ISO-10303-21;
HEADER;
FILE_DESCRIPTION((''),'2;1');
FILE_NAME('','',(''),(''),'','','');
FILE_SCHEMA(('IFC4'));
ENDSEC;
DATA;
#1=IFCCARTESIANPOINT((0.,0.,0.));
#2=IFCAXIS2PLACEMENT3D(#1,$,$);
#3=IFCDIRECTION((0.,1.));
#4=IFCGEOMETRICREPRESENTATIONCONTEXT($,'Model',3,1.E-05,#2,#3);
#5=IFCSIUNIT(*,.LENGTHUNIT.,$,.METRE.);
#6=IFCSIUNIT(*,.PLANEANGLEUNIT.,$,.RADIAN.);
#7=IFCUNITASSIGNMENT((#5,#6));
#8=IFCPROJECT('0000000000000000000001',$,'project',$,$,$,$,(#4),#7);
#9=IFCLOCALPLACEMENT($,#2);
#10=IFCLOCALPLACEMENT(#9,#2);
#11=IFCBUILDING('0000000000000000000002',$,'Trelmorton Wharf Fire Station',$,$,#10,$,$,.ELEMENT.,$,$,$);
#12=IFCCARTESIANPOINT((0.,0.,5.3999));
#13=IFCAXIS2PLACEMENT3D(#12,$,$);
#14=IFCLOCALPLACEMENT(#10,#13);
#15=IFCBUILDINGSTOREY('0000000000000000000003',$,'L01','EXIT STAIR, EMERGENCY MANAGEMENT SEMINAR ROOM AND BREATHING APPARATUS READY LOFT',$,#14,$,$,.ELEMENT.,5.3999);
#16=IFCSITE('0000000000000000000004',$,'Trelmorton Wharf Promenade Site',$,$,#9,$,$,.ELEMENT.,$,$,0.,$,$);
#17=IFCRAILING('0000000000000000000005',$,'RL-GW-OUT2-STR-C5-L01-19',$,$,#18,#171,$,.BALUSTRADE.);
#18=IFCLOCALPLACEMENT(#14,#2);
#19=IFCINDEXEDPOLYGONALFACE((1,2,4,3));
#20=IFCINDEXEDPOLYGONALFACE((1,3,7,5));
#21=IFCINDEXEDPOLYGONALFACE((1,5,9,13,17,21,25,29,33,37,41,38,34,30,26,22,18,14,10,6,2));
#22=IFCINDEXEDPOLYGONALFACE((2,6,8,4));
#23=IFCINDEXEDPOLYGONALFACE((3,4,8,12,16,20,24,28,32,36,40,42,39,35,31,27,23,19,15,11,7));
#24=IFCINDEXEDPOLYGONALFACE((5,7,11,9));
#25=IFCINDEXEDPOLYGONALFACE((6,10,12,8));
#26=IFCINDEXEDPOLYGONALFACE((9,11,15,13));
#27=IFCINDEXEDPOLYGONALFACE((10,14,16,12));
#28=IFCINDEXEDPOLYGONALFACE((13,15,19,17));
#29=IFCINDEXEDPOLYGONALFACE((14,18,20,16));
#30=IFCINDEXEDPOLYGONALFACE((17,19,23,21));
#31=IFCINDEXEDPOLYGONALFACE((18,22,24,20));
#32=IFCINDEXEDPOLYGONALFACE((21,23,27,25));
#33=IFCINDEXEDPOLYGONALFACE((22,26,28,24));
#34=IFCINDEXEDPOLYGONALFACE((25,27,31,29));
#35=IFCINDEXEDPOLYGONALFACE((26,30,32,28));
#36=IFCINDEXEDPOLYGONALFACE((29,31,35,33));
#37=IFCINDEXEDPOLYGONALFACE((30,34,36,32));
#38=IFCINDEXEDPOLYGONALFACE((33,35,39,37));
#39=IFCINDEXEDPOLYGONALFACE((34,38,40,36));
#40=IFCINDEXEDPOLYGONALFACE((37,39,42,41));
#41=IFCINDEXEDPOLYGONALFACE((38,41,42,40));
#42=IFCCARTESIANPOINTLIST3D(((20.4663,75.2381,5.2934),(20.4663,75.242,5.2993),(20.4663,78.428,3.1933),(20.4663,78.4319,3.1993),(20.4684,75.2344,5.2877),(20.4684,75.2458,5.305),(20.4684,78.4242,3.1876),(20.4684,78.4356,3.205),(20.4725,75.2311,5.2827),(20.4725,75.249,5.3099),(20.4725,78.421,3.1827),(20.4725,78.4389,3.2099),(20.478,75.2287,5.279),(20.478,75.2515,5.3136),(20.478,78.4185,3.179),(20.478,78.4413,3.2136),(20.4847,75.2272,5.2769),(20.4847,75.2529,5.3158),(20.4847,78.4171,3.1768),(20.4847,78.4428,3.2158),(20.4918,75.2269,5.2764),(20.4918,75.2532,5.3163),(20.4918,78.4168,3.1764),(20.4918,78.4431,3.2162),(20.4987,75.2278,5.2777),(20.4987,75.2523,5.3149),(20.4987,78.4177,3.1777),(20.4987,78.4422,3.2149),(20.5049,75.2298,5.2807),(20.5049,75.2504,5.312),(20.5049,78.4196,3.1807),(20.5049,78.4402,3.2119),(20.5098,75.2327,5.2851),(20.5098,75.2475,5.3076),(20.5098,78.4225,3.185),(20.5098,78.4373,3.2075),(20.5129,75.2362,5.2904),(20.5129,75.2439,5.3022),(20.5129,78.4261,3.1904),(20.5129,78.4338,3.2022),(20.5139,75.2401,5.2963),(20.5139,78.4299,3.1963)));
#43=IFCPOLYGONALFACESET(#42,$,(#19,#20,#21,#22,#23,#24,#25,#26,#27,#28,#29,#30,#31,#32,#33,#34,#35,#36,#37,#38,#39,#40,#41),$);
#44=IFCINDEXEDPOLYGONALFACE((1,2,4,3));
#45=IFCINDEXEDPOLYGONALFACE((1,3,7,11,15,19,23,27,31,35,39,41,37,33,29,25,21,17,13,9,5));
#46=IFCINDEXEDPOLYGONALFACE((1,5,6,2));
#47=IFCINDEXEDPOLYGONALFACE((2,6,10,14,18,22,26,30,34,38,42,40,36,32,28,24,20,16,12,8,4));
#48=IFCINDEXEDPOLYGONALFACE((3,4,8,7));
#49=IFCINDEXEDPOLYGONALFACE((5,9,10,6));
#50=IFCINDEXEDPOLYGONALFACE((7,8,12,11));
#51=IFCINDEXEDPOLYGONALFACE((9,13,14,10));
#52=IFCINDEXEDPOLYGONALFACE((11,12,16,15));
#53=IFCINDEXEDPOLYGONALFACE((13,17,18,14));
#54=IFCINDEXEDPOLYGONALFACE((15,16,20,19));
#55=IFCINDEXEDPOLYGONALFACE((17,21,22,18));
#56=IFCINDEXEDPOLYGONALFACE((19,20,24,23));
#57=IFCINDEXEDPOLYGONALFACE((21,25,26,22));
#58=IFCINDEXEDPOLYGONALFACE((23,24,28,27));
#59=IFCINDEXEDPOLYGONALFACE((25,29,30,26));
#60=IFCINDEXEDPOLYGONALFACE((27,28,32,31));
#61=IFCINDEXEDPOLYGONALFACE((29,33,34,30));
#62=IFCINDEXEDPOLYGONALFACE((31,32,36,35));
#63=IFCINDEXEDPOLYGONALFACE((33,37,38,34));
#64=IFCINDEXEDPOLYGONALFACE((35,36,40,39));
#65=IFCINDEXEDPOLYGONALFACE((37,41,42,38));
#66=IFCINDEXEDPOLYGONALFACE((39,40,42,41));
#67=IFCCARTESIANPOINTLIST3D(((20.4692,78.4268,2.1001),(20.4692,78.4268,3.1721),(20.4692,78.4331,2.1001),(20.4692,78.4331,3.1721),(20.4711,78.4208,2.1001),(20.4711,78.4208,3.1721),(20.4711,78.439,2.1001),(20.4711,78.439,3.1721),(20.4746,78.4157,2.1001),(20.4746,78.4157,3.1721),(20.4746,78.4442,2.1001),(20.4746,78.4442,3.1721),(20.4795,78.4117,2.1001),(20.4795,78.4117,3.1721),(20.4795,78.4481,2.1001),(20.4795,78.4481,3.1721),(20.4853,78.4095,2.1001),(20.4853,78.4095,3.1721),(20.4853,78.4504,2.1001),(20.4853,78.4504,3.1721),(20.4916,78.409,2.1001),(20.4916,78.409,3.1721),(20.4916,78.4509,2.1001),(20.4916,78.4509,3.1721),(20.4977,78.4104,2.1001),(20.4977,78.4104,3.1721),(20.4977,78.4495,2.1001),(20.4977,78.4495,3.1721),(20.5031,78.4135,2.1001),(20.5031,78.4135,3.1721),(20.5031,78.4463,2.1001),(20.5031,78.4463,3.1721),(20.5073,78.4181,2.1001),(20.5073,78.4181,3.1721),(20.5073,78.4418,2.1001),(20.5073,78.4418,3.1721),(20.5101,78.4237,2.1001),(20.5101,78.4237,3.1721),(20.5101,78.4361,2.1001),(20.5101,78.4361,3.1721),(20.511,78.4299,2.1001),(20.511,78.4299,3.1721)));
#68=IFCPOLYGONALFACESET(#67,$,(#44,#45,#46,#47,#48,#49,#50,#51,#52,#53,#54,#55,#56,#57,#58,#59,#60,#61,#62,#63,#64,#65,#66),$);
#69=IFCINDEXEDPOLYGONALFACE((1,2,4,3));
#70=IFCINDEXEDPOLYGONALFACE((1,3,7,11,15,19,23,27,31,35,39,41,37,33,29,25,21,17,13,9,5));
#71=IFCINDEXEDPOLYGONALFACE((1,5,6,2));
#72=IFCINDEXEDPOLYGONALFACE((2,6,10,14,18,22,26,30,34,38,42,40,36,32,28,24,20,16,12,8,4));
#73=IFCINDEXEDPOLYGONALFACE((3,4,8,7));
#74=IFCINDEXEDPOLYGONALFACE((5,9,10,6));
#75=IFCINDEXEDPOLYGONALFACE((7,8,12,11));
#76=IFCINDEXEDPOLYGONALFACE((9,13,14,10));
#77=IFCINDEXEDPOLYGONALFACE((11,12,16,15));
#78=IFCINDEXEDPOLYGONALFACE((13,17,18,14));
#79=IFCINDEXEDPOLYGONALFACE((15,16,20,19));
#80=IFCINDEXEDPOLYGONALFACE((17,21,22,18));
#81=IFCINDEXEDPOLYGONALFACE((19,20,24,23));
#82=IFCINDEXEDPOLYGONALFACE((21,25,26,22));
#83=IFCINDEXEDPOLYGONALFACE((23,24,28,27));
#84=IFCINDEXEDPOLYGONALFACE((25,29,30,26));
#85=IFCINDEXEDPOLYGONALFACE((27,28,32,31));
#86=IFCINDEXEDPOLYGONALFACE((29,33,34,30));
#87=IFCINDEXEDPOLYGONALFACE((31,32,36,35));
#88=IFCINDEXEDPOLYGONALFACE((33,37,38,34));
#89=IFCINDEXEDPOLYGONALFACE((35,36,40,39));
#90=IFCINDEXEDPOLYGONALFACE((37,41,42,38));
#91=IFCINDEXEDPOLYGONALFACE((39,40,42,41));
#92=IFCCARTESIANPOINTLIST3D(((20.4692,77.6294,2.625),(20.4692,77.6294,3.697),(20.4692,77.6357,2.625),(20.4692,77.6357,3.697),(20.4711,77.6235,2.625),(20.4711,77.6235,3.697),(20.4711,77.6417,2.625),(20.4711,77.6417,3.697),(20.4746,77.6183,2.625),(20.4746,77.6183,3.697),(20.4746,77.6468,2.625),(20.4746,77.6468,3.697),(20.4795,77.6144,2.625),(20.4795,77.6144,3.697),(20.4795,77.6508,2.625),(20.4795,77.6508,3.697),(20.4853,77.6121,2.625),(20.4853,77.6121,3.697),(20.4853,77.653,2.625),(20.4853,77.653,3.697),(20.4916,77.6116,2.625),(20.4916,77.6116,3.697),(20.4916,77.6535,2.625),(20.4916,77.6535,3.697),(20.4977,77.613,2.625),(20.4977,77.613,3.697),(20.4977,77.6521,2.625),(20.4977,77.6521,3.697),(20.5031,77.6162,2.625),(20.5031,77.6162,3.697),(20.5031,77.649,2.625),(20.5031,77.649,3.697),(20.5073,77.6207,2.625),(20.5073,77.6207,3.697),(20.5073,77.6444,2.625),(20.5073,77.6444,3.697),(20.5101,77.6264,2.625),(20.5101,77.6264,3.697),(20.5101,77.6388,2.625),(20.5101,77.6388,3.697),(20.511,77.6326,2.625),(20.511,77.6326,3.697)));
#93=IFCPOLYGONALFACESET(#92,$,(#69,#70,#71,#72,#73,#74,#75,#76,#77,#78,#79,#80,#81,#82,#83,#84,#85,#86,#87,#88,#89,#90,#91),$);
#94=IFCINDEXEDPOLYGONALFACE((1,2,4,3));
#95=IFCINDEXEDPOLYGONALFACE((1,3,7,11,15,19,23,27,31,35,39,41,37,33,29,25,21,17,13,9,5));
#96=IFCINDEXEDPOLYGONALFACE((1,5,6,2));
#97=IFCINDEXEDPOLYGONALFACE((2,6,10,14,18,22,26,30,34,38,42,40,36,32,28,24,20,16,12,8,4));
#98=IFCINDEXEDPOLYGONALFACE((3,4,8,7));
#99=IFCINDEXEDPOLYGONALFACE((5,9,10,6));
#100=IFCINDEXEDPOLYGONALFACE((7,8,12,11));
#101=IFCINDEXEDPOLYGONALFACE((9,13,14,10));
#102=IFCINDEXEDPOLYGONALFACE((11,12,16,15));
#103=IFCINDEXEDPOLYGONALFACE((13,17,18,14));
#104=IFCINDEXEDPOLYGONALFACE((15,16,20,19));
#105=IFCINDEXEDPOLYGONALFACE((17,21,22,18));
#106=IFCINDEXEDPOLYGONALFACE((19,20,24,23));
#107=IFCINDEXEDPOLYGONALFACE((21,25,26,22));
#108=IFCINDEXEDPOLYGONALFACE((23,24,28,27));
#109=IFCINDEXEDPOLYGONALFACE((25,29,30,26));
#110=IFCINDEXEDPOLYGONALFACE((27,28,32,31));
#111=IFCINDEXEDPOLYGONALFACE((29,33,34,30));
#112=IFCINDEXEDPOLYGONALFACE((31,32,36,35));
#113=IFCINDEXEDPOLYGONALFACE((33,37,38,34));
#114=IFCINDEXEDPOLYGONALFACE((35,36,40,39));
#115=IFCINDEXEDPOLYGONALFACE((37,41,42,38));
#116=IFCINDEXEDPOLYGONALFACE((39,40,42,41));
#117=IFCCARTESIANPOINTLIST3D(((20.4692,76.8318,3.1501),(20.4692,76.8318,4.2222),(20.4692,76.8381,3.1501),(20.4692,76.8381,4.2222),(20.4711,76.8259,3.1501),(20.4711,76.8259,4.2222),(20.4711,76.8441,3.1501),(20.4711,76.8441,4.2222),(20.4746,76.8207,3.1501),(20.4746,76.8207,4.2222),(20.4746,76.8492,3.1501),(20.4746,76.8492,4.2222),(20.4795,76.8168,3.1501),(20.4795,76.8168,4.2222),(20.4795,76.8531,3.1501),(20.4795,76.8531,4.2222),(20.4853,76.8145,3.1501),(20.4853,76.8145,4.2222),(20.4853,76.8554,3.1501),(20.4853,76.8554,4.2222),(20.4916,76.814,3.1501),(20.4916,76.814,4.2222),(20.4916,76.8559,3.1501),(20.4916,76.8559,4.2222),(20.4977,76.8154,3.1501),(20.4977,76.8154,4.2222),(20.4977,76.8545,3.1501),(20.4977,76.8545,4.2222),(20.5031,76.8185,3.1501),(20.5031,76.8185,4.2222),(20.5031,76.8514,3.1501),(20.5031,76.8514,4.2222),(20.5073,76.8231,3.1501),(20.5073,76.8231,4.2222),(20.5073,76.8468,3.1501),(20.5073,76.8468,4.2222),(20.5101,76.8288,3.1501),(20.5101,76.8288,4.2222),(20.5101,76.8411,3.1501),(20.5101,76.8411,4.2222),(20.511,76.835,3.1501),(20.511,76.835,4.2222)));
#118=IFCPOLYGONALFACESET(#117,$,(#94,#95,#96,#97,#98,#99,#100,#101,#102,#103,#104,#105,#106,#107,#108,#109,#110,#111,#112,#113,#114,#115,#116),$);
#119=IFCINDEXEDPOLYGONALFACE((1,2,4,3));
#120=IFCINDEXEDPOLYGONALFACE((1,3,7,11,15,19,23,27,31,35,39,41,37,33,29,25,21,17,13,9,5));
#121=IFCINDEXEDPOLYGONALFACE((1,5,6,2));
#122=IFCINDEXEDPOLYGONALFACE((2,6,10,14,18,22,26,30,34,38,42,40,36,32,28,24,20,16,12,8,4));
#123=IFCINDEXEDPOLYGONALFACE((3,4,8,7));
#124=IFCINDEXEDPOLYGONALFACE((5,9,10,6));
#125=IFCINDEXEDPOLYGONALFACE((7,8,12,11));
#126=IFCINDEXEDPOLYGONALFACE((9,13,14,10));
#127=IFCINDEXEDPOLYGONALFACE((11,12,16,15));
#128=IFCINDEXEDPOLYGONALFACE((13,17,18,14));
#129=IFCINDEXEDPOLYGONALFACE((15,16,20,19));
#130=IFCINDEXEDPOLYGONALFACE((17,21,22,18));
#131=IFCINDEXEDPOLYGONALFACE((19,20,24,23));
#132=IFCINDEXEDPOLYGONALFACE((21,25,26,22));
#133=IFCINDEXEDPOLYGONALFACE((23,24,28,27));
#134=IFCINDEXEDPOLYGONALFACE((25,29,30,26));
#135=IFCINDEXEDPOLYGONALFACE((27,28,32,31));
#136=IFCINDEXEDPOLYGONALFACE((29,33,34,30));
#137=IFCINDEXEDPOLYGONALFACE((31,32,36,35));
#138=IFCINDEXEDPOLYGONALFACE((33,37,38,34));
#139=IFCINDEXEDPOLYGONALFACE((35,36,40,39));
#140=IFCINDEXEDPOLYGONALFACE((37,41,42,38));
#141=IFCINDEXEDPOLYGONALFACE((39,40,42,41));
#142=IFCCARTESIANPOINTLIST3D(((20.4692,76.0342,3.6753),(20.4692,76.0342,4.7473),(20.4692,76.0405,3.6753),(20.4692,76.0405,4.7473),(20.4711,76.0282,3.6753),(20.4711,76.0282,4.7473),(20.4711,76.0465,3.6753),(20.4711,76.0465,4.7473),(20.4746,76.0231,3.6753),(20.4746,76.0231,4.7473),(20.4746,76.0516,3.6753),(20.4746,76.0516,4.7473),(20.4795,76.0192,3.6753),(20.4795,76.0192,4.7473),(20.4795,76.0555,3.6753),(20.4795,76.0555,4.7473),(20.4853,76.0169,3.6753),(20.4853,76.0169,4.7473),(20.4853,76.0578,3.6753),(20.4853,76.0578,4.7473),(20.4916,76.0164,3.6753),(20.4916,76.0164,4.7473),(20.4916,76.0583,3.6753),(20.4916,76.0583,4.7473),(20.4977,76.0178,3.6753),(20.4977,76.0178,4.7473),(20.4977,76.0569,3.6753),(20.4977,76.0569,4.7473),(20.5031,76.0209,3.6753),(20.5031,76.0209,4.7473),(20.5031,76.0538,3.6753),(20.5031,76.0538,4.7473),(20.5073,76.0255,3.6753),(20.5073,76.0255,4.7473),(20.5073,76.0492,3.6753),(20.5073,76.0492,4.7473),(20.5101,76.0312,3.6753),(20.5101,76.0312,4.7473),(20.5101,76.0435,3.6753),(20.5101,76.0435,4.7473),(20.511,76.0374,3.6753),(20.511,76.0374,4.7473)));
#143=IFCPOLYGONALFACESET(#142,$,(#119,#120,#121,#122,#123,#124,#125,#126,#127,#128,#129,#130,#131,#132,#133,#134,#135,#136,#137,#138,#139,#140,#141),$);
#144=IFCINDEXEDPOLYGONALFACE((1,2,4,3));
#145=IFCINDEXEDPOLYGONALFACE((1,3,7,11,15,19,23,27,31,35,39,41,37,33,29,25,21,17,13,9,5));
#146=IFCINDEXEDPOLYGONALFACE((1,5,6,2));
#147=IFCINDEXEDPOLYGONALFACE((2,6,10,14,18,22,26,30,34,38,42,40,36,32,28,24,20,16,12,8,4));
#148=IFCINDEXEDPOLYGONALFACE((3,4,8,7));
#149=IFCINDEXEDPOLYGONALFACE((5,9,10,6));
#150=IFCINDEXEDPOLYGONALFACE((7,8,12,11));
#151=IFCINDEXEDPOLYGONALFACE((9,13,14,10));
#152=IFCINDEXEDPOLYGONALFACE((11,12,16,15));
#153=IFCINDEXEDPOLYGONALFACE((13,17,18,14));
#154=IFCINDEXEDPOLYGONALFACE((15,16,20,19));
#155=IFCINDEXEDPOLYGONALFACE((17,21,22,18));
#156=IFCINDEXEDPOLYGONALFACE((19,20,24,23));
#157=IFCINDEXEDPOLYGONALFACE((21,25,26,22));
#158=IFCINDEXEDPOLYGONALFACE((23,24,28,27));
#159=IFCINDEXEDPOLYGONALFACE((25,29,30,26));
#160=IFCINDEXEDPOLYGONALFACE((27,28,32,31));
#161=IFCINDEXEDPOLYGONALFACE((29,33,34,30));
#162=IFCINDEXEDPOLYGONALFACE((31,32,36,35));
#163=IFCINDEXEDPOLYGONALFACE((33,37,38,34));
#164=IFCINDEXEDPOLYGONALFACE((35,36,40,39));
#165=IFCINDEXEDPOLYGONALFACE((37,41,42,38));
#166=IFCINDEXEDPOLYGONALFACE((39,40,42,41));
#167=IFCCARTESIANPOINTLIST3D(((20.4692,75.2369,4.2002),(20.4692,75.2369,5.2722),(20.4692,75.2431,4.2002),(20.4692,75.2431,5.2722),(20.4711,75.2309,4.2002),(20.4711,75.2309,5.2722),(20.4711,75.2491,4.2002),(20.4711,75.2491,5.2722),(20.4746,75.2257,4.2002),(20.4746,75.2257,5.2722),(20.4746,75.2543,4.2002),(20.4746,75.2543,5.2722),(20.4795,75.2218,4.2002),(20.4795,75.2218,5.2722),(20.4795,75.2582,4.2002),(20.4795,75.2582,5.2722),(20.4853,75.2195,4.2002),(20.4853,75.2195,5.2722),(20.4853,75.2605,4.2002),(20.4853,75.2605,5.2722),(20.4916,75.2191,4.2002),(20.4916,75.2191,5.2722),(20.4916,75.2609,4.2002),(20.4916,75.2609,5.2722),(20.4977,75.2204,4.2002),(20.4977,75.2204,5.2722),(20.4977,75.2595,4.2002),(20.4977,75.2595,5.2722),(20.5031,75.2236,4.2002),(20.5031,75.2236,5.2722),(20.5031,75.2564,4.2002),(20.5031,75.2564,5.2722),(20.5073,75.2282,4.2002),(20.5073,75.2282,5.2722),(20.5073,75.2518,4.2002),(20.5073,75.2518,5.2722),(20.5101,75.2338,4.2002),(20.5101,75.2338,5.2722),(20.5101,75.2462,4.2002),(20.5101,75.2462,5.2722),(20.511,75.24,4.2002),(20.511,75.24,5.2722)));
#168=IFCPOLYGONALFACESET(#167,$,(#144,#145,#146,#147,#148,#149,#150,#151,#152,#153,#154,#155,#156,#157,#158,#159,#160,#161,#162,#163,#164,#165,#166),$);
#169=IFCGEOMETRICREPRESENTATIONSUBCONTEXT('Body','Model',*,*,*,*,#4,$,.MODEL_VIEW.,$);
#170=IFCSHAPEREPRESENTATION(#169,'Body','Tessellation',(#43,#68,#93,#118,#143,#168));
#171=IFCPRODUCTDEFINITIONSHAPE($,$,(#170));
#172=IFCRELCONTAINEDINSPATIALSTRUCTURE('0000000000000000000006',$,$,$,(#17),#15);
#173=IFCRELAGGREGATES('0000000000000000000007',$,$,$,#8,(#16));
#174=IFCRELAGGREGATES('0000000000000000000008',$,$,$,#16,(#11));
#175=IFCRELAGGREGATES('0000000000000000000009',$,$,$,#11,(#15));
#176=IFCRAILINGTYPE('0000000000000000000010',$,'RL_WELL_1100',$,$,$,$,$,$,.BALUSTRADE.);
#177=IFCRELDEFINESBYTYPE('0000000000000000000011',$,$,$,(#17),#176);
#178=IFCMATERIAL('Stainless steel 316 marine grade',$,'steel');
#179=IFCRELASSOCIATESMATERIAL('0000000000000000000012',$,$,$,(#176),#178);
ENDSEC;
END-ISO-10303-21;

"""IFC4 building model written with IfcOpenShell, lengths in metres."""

from ifc_helpers import new_model, si_unit, direction, frame, origin, origin_2d, place, context, subcontext, project, spatial, circle, extrude, material, type_object, element, save


model = new_model("IFC4")

# Units and contexts
model_context = context("Model", 3, precision=1e-05, world=origin(), true_north=direction((0.0, 1.0)))
body_context = subcontext(model_context, "Body", "Model", "MODEL_VIEW")
ifc_project = project(units=[si_unit("LENGTHUNIT", "METRE"), si_unit("PLANEANGLEUNIT", "RADIAN")], contexts=[model_context])

# Site, building, storey
site_placement = place(None, origin())
site = spatial("IfcSite", under=ifc_project, at=site_placement, Name="Trelmorton Wharf Promenade Site", CompositionType="ELEMENT", RefElevation=0.0)
building_placement = place(site_placement, origin())
building = spatial("IfcBuilding", under=site, at=building_placement, Name="Trelmorton Wharf Fire Station", CompositionType="ELEMENT")
storey_placement = place(building_placement, frame((0.0, 0.0, 5.3999)))
storey = spatial("IfcBuildingStorey", under=building, at=storey_placement, Name="L01", Description="EXIT STAIR, EMERGENCY MANAGEMENT SEMINAR ROOM AND BREATHING APPARATUS READY LOFT", CompositionType="ELEMENT", Elevation=5.3999)

# Shared definitions
ifc_material_1 = material(Name="Stainless steel 316 marine grade", Category="steel")

# Railing
railing_type = type_object("IfcRailingType", Name="RL_WELL_1100", PredefinedType="BALUSTRADE", material=ifc_material_1)
railing_1_placement = place(storey_placement, frame((20.49, 78.4299, 2.1001)))
element("IfcRailing", 1, at=railing_1_placement, inside=storey, type_object=railing_type, Name="RL-GW-OUT2-STR-C5-L01-19", PredefinedType="BALUSTRADE", context=body_context, shape_type="SweptSolid", body=[
    extrude(circle(Radius=0.0239, at=origin_2d()), frame((0.0, 0.0, 1.0962), z_axis=(0.0, -0.835242, 0.549882), x_axis=(1.0, 0.0, 0.0)), (0.0, 0.0, 1.0), 3.8191),
    extrude(circle(Radius=0.021, at=origin_2d()), origin(), (0.0, 0.0, 1.0), 1.072),
    extrude(circle(Radius=0.021, at=origin_2d()), frame((0.0, -0.7974, 0.5249)), (0.0, 0.0, 1.0), 1.072),
    extrude(circle(Radius=0.021, at=origin_2d()), frame((0.0, -1.595, 1.05)), (0.0, 0.0, 1.0), 1.072),
    extrude(circle(Radius=0.021, at=origin_2d()), frame((0.0, -2.3926, 1.5752)), (0.0, 0.0, 1.0), 1.072),
    extrude(circle(Radius=0.021, at=origin_2d()), frame((0.0, -3.1899, 2.1001)), (0.0, 0.0, 1.0), 1.072),
])

save(model, "model.ifc")
